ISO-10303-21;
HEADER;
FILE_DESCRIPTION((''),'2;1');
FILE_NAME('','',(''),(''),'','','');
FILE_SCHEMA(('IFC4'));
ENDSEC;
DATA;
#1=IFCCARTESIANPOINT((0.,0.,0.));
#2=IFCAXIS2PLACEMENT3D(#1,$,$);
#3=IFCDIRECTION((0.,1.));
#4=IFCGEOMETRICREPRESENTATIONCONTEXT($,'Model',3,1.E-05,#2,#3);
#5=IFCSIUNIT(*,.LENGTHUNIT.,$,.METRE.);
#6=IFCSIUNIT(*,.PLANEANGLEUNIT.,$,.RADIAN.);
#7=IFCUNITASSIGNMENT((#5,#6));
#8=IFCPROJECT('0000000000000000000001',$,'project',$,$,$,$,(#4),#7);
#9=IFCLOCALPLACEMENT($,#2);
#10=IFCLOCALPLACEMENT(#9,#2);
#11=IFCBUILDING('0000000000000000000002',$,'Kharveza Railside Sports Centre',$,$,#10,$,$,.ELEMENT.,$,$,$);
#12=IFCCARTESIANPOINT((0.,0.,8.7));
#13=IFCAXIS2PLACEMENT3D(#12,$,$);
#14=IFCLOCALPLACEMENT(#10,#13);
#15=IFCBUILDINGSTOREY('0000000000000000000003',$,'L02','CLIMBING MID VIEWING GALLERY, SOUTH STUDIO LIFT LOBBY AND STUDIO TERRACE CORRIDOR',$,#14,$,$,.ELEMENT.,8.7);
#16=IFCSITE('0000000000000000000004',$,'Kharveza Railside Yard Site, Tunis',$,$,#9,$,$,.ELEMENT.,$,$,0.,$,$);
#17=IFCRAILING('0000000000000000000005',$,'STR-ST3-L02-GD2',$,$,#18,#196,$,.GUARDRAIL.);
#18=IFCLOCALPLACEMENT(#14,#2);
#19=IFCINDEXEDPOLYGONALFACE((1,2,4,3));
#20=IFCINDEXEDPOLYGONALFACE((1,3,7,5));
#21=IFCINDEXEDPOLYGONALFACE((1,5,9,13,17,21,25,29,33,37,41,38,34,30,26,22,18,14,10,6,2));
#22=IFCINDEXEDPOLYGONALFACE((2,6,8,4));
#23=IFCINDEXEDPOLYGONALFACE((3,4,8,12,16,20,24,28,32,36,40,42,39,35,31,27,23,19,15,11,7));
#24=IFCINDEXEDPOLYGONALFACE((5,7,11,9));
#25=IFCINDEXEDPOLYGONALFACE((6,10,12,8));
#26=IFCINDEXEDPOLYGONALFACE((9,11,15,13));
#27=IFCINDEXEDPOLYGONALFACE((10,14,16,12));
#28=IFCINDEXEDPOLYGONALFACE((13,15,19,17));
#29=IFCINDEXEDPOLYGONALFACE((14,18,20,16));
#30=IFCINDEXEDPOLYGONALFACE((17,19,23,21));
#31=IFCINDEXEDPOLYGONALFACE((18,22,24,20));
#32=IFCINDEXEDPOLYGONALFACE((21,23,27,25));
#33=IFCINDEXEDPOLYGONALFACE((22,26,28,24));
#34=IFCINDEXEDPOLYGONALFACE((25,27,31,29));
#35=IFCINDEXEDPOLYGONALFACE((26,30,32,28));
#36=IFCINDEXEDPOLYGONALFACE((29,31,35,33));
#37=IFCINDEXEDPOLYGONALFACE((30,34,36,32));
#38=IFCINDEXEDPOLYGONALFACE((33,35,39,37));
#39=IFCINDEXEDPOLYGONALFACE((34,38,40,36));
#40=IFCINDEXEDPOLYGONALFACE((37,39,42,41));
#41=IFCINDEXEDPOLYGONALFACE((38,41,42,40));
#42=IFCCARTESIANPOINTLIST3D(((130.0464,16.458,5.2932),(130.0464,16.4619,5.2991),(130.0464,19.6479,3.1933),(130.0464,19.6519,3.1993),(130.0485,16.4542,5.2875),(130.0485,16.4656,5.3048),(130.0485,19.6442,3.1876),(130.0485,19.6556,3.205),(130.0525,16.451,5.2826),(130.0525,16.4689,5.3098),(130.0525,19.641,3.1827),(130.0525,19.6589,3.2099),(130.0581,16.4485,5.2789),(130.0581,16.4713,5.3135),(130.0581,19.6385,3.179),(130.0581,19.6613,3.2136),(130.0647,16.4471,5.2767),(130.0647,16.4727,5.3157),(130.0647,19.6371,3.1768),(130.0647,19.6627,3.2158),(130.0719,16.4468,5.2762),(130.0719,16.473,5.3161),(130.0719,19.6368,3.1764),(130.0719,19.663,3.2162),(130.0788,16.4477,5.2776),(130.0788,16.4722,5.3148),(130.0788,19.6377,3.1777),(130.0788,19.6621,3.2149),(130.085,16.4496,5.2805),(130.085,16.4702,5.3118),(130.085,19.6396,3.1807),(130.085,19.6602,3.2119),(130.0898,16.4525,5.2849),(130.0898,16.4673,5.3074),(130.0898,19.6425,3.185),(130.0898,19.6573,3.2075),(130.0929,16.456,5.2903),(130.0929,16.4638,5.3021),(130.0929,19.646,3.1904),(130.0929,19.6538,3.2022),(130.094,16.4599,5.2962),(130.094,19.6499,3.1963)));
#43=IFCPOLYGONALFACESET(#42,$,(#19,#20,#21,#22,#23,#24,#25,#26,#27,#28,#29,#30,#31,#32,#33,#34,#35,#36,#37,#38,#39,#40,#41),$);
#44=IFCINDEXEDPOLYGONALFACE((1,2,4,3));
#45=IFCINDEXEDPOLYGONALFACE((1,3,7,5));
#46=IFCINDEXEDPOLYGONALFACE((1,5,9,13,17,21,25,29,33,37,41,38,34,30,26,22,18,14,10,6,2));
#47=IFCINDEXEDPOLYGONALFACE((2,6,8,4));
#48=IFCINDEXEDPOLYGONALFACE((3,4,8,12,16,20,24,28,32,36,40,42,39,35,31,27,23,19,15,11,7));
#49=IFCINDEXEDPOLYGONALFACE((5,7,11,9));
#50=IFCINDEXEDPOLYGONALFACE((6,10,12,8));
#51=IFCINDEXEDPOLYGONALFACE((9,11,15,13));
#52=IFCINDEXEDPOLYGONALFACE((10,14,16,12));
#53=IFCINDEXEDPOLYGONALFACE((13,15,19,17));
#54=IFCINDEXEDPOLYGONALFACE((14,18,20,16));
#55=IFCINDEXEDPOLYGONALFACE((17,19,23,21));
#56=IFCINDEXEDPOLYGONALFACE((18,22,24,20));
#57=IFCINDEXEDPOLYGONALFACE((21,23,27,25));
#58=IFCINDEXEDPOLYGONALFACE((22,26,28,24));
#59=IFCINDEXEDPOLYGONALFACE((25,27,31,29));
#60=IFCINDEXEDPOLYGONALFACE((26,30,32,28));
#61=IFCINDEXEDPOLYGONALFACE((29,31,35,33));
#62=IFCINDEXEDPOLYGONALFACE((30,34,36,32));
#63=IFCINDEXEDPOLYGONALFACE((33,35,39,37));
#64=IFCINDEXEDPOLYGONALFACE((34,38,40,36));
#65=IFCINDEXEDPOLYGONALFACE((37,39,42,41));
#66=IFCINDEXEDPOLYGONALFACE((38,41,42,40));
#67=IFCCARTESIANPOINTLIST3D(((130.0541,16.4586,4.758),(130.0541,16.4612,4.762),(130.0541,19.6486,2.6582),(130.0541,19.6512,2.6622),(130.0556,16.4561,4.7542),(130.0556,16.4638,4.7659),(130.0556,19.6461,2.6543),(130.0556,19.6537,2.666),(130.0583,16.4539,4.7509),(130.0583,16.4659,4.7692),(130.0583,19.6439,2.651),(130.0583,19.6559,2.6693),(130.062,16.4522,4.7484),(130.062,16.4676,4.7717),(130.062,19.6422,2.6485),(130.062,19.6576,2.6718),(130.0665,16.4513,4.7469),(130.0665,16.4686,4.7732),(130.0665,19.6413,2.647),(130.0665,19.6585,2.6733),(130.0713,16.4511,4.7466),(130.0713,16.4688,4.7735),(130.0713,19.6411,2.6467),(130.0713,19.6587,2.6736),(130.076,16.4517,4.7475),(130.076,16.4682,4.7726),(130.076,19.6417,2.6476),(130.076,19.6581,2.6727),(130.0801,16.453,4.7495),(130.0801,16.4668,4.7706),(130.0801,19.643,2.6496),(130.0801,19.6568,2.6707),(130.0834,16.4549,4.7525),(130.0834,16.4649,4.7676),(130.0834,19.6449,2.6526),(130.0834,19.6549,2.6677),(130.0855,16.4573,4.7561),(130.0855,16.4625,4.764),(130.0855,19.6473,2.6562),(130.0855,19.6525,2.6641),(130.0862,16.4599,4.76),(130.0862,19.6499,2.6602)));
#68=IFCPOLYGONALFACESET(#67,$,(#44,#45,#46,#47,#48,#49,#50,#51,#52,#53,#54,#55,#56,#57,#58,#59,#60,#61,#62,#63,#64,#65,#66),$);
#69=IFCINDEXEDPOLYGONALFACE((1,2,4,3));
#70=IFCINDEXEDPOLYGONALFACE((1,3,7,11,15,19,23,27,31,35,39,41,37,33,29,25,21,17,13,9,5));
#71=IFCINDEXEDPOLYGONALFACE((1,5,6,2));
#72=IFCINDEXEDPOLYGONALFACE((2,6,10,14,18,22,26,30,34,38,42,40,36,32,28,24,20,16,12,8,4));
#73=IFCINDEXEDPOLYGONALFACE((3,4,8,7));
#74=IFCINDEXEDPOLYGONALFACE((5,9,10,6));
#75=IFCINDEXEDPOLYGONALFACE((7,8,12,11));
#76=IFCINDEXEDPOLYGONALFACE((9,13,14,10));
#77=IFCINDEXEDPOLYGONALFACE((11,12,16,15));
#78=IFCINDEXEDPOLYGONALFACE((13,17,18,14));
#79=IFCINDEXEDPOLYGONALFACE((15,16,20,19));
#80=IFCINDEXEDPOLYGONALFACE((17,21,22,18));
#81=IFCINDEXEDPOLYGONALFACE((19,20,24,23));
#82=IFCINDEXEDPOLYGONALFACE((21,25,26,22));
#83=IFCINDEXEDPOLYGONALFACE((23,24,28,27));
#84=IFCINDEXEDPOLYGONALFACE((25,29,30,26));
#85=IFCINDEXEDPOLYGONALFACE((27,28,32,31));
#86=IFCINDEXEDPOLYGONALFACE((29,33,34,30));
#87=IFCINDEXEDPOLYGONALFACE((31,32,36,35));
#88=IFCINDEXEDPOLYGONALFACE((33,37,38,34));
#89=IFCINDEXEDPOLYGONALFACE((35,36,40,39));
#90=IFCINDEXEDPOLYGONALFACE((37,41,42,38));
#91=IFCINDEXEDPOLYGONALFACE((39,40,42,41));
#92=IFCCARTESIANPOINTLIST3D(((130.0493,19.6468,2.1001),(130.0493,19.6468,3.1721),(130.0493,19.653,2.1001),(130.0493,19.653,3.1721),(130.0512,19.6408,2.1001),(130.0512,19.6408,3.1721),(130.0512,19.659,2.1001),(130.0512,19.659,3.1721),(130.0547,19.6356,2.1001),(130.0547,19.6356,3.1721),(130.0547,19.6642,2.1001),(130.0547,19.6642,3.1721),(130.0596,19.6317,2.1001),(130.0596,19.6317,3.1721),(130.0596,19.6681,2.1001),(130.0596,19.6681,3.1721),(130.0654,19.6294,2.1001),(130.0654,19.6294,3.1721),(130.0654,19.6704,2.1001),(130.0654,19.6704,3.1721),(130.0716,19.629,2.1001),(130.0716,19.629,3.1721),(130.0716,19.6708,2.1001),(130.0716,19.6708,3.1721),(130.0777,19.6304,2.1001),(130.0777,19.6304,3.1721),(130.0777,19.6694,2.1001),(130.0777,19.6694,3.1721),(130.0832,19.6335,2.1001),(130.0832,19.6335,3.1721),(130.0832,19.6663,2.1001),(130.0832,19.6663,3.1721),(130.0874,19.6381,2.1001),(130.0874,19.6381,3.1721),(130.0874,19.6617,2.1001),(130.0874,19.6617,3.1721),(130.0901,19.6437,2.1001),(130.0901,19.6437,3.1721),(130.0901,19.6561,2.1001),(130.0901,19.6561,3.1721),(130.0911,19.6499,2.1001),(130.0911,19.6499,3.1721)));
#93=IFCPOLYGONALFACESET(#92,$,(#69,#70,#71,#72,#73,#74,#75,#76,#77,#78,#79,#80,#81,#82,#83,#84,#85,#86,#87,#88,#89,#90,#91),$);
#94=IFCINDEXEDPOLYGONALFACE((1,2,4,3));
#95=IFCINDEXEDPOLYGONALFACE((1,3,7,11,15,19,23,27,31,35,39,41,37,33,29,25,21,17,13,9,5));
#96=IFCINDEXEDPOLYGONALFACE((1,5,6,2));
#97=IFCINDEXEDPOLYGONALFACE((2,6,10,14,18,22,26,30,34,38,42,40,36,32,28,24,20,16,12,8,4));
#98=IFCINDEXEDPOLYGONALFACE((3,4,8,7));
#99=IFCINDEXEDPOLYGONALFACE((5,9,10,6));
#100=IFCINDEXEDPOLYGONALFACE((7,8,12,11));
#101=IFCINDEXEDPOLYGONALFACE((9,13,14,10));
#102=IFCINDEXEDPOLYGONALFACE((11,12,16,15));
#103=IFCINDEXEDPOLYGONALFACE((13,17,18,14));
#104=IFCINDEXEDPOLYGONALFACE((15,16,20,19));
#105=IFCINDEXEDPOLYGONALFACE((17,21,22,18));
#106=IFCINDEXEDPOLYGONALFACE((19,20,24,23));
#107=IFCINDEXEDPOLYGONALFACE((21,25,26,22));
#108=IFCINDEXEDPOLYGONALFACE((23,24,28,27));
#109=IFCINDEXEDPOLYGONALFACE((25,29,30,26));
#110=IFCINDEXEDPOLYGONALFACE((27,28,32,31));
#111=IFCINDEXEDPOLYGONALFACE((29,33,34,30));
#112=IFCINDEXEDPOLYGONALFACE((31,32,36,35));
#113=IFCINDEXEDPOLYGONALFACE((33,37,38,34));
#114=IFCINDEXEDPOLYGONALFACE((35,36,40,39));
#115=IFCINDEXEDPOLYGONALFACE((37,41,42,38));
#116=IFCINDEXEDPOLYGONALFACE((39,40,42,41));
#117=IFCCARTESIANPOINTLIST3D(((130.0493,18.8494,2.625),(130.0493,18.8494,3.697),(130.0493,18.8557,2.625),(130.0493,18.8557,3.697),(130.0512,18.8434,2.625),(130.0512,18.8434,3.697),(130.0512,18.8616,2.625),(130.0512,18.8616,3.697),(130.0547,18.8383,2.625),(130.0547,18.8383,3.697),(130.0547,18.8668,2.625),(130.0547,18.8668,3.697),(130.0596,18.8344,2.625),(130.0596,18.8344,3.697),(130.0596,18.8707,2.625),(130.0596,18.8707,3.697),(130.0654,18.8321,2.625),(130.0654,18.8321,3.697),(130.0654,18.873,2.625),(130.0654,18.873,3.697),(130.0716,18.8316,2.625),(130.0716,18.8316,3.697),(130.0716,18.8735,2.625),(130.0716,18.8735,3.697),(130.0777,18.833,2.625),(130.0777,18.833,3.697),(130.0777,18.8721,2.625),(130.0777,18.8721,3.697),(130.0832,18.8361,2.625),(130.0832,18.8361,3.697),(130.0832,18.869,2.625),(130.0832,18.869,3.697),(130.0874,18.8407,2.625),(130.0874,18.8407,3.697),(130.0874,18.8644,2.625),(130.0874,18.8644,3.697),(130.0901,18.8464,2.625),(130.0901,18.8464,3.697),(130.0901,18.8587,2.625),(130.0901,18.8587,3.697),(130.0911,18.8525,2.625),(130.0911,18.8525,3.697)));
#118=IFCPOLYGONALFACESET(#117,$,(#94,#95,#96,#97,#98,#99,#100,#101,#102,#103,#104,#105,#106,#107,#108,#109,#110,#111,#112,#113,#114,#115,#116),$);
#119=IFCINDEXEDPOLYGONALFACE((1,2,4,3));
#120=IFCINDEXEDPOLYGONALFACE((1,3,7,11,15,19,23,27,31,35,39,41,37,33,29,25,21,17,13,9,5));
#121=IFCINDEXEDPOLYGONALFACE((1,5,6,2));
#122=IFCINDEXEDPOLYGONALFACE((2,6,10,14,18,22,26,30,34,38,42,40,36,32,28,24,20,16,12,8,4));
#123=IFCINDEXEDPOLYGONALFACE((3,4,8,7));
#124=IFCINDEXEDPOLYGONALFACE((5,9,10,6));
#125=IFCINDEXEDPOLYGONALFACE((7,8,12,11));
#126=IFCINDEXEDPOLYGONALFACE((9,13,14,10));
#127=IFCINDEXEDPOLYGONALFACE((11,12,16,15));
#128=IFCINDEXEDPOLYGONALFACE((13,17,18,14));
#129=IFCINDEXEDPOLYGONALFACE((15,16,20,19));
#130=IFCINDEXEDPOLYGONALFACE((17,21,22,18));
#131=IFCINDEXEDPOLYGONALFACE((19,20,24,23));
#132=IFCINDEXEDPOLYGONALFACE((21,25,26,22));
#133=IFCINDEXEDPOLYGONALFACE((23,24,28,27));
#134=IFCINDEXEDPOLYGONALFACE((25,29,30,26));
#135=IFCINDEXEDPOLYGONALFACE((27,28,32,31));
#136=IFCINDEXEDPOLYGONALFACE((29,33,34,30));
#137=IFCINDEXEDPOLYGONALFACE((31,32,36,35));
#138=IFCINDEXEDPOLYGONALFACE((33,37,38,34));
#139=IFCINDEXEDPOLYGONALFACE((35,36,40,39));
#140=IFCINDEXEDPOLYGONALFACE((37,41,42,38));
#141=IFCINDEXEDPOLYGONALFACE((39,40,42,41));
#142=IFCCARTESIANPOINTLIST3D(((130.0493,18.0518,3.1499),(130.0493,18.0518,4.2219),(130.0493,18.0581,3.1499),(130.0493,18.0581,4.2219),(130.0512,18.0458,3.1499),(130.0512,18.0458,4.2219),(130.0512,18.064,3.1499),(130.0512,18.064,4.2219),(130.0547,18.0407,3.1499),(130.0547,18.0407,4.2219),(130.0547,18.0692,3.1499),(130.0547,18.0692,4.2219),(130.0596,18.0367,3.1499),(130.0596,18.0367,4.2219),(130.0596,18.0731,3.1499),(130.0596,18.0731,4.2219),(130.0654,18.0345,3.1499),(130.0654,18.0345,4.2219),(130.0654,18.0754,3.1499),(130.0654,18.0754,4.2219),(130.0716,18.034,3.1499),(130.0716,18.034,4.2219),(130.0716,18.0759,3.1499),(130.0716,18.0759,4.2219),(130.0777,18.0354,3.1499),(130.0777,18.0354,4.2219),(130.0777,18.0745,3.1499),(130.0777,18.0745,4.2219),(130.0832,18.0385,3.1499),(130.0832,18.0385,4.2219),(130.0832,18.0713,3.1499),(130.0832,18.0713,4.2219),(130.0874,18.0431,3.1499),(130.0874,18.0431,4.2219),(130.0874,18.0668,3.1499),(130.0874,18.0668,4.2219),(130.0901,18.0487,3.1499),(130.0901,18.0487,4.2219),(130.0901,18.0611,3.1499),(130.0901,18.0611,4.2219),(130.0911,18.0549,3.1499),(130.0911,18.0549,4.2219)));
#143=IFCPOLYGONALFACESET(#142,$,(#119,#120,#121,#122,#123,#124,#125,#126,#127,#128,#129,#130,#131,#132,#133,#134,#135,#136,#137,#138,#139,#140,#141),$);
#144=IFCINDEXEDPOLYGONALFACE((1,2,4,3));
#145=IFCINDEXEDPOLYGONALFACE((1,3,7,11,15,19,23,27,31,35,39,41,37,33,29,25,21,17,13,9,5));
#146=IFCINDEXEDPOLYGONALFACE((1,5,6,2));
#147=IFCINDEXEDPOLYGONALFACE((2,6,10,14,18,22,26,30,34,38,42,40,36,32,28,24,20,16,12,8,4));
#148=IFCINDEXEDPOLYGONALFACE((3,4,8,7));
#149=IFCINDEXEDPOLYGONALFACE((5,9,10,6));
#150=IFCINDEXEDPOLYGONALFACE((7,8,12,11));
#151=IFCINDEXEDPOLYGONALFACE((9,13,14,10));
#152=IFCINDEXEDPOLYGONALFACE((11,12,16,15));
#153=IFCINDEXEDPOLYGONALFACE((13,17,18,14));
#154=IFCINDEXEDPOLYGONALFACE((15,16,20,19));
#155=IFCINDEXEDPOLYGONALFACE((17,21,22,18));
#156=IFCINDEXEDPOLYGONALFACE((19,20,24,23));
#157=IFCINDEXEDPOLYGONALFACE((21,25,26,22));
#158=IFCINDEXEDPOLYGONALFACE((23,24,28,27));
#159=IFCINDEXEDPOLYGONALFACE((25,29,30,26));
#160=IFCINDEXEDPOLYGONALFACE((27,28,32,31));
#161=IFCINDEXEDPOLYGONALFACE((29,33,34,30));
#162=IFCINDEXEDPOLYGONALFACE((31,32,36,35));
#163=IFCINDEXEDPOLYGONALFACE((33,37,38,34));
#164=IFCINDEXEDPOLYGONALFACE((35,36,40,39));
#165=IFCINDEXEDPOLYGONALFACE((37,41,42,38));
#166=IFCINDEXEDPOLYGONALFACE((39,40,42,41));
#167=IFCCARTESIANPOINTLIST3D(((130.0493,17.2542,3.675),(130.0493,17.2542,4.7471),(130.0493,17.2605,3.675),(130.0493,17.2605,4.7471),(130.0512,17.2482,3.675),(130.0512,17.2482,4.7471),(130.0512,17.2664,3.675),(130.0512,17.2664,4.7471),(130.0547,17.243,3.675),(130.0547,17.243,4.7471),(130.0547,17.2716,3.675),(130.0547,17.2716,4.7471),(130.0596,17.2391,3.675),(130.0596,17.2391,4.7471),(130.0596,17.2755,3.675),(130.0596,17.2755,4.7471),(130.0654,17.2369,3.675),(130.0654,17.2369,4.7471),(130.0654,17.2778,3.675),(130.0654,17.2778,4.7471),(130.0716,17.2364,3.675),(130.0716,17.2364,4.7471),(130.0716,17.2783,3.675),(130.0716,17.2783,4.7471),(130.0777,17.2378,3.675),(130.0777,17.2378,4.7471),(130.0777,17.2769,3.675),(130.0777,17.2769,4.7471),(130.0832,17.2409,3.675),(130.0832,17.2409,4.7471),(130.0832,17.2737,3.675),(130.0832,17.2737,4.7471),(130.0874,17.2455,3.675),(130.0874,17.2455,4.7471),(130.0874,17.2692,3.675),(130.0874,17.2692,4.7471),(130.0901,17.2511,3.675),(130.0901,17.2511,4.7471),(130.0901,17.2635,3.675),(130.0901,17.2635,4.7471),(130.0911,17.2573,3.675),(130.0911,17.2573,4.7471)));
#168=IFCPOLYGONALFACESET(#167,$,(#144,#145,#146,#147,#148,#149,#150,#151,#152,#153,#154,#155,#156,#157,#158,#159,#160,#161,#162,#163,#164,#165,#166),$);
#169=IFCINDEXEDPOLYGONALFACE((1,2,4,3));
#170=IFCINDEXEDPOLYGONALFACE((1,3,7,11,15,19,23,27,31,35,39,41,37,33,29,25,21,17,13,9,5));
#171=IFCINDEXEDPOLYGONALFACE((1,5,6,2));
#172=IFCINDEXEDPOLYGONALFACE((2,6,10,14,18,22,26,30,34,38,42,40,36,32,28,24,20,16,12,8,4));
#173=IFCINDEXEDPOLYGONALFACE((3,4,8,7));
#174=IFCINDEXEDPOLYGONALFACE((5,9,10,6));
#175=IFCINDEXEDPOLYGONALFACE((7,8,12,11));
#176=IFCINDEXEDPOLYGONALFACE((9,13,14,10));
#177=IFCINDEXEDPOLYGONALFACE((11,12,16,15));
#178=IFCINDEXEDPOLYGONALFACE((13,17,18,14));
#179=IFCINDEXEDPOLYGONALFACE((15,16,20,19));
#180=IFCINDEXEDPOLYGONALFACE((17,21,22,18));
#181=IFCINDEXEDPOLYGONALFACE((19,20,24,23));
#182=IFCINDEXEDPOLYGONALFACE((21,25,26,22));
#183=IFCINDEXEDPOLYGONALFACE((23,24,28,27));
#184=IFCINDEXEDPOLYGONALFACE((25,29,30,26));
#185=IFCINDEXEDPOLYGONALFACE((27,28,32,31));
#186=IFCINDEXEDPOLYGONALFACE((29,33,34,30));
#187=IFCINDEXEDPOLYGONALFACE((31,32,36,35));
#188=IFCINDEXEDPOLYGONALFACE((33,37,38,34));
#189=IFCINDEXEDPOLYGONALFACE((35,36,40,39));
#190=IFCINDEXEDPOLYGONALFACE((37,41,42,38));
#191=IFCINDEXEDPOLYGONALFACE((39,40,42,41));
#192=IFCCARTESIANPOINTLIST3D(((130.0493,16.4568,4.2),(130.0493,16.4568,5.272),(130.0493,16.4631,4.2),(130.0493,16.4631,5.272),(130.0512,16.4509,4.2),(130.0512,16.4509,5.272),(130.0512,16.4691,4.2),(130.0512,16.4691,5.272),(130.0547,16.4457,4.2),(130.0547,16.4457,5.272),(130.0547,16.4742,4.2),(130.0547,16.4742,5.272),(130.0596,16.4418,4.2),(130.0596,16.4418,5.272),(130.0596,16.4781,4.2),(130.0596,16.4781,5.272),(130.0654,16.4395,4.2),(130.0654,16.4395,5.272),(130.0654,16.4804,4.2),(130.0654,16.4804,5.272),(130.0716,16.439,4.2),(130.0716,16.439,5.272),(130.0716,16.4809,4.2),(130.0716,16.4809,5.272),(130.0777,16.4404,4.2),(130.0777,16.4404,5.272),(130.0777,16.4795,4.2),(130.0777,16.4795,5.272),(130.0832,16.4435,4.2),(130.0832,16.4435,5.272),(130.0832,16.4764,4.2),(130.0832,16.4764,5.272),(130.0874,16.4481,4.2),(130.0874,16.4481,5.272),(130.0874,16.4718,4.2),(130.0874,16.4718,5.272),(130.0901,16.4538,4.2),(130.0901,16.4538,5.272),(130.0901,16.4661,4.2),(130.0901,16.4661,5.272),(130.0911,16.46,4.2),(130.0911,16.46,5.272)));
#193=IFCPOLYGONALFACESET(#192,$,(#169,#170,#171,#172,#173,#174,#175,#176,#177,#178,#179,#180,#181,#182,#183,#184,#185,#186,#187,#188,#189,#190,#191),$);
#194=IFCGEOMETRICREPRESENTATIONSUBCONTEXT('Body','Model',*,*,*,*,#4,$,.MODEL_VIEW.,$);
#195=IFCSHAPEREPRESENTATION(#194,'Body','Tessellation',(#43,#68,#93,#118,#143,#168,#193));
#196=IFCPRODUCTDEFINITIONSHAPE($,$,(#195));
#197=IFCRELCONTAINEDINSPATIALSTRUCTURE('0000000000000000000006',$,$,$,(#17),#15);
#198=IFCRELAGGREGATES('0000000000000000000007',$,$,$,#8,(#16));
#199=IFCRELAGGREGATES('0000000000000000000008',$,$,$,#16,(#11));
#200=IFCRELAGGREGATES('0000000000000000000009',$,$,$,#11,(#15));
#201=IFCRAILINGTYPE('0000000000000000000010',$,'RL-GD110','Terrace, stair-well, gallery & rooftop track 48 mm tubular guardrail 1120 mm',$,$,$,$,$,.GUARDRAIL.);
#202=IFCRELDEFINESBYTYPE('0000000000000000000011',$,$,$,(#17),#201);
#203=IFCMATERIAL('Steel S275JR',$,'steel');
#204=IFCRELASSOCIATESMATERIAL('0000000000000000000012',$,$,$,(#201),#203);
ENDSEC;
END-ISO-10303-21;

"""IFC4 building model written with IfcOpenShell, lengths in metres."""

from ifc_helpers import new_model, si_unit, direction, frame, origin, origin_2d, place, context, subcontext, project, spatial, circle, extrude, material, type_object, element, save


model = new_model("IFC4")

# Units and contexts
model_context = context("Model", 3, precision=1e-05, world=origin(), true_north=direction((0.0, 1.0)))
body_context = subcontext(model_context, "Body", "Model", "MODEL_VIEW")
ifc_project = project(units=[si_unit("LENGTHUNIT", "METRE"), si_unit("PLANEANGLEUNIT", "RADIAN")], contexts=[model_context])

# Site, building, storey
site_placement = place(None, origin())
site = spatial("IfcSite", under=ifc_project, at=site_placement, Name="Kharveza Railside Yard Site, Tunis", CompositionType="ELEMENT", RefElevation=0.0)
building_placement = place(site_placement, origin())
building = spatial("IfcBuilding", under=site, at=building_placement, Name="Kharveza Railside Sports Centre", CompositionType="ELEMENT")
storey_placement = place(building_placement, frame((0.0, 0.0, 8.7)))
storey = spatial("IfcBuildingStorey", under=building, at=storey_placement, Name="L02", Description="CLIMBING MID VIEWING GALLERY, SOUTH STUDIO LIFT LOBBY AND STUDIO TERRACE CORRIDOR", CompositionType="ELEMENT", Elevation=8.7)

# Railing
ifc_material_1 = material(Name="Steel S275JR", Category="steel")
railing_type_1 = type_object("IfcRailingType", Name="RL-GD110", Description="Terrace, stair-well, gallery & rooftop track 48 mm tubular guardrail 1120 mm", PredefinedType="GUARDRAIL", material=ifc_material_1)
railing_1_placement = place(storey_placement, frame((130.0701, 19.6499, 2.1001)))
element("IfcRailing", 1, at=railing_1_placement, inside=storey, type_object=railing_type_1, Name="STR-ST3-L02-GD2", PredefinedType="GUARDRAIL", context=body_context, shape_type="SweptSolid", body=[
    extrude(circle(Radius=0.0239, at=origin_2d()), frame((0.0, 0.0, 1.0962), z_axis=(0.0, -0.835272, 0.549837), x_axis=(1.0, 0.0, 0.0)), (0.0, 0.0, 1.0), 3.8191),
    extrude(circle(Radius=0.0161, at=origin_2d()), frame((0.0, 0.0, 0.5601), z_axis=(0.0, -0.835272, 0.549837), x_axis=(1.0, 0.0, 0.0)), (0.0, 0.0, 1.0), 3.8191),
    extrude(circle(Radius=0.021, at=origin_2d()), origin(), (0.0, 0.0, 1.0), 1.072),
    extrude(circle(Radius=0.021, at=origin_2d()), frame((0.0, -0.7974, 0.5249)), (0.0, 0.0, 1.0), 1.072),
    extrude(circle(Radius=0.021, at=origin_2d()), frame((0.0, -1.595, 1.0498)), (0.0, 0.0, 1.0), 1.072),
    extrude(circle(Radius=0.021, at=origin_2d()), frame((0.0, -2.3926, 1.575)), (0.0, 0.0, 1.0), 1.072),
    extrude(circle(Radius=0.021, at=origin_2d()), frame((0.0, -3.1899, 2.0999)), (0.0, 0.0, 1.0), 1.072),
])

save(model, "model.ifc")
